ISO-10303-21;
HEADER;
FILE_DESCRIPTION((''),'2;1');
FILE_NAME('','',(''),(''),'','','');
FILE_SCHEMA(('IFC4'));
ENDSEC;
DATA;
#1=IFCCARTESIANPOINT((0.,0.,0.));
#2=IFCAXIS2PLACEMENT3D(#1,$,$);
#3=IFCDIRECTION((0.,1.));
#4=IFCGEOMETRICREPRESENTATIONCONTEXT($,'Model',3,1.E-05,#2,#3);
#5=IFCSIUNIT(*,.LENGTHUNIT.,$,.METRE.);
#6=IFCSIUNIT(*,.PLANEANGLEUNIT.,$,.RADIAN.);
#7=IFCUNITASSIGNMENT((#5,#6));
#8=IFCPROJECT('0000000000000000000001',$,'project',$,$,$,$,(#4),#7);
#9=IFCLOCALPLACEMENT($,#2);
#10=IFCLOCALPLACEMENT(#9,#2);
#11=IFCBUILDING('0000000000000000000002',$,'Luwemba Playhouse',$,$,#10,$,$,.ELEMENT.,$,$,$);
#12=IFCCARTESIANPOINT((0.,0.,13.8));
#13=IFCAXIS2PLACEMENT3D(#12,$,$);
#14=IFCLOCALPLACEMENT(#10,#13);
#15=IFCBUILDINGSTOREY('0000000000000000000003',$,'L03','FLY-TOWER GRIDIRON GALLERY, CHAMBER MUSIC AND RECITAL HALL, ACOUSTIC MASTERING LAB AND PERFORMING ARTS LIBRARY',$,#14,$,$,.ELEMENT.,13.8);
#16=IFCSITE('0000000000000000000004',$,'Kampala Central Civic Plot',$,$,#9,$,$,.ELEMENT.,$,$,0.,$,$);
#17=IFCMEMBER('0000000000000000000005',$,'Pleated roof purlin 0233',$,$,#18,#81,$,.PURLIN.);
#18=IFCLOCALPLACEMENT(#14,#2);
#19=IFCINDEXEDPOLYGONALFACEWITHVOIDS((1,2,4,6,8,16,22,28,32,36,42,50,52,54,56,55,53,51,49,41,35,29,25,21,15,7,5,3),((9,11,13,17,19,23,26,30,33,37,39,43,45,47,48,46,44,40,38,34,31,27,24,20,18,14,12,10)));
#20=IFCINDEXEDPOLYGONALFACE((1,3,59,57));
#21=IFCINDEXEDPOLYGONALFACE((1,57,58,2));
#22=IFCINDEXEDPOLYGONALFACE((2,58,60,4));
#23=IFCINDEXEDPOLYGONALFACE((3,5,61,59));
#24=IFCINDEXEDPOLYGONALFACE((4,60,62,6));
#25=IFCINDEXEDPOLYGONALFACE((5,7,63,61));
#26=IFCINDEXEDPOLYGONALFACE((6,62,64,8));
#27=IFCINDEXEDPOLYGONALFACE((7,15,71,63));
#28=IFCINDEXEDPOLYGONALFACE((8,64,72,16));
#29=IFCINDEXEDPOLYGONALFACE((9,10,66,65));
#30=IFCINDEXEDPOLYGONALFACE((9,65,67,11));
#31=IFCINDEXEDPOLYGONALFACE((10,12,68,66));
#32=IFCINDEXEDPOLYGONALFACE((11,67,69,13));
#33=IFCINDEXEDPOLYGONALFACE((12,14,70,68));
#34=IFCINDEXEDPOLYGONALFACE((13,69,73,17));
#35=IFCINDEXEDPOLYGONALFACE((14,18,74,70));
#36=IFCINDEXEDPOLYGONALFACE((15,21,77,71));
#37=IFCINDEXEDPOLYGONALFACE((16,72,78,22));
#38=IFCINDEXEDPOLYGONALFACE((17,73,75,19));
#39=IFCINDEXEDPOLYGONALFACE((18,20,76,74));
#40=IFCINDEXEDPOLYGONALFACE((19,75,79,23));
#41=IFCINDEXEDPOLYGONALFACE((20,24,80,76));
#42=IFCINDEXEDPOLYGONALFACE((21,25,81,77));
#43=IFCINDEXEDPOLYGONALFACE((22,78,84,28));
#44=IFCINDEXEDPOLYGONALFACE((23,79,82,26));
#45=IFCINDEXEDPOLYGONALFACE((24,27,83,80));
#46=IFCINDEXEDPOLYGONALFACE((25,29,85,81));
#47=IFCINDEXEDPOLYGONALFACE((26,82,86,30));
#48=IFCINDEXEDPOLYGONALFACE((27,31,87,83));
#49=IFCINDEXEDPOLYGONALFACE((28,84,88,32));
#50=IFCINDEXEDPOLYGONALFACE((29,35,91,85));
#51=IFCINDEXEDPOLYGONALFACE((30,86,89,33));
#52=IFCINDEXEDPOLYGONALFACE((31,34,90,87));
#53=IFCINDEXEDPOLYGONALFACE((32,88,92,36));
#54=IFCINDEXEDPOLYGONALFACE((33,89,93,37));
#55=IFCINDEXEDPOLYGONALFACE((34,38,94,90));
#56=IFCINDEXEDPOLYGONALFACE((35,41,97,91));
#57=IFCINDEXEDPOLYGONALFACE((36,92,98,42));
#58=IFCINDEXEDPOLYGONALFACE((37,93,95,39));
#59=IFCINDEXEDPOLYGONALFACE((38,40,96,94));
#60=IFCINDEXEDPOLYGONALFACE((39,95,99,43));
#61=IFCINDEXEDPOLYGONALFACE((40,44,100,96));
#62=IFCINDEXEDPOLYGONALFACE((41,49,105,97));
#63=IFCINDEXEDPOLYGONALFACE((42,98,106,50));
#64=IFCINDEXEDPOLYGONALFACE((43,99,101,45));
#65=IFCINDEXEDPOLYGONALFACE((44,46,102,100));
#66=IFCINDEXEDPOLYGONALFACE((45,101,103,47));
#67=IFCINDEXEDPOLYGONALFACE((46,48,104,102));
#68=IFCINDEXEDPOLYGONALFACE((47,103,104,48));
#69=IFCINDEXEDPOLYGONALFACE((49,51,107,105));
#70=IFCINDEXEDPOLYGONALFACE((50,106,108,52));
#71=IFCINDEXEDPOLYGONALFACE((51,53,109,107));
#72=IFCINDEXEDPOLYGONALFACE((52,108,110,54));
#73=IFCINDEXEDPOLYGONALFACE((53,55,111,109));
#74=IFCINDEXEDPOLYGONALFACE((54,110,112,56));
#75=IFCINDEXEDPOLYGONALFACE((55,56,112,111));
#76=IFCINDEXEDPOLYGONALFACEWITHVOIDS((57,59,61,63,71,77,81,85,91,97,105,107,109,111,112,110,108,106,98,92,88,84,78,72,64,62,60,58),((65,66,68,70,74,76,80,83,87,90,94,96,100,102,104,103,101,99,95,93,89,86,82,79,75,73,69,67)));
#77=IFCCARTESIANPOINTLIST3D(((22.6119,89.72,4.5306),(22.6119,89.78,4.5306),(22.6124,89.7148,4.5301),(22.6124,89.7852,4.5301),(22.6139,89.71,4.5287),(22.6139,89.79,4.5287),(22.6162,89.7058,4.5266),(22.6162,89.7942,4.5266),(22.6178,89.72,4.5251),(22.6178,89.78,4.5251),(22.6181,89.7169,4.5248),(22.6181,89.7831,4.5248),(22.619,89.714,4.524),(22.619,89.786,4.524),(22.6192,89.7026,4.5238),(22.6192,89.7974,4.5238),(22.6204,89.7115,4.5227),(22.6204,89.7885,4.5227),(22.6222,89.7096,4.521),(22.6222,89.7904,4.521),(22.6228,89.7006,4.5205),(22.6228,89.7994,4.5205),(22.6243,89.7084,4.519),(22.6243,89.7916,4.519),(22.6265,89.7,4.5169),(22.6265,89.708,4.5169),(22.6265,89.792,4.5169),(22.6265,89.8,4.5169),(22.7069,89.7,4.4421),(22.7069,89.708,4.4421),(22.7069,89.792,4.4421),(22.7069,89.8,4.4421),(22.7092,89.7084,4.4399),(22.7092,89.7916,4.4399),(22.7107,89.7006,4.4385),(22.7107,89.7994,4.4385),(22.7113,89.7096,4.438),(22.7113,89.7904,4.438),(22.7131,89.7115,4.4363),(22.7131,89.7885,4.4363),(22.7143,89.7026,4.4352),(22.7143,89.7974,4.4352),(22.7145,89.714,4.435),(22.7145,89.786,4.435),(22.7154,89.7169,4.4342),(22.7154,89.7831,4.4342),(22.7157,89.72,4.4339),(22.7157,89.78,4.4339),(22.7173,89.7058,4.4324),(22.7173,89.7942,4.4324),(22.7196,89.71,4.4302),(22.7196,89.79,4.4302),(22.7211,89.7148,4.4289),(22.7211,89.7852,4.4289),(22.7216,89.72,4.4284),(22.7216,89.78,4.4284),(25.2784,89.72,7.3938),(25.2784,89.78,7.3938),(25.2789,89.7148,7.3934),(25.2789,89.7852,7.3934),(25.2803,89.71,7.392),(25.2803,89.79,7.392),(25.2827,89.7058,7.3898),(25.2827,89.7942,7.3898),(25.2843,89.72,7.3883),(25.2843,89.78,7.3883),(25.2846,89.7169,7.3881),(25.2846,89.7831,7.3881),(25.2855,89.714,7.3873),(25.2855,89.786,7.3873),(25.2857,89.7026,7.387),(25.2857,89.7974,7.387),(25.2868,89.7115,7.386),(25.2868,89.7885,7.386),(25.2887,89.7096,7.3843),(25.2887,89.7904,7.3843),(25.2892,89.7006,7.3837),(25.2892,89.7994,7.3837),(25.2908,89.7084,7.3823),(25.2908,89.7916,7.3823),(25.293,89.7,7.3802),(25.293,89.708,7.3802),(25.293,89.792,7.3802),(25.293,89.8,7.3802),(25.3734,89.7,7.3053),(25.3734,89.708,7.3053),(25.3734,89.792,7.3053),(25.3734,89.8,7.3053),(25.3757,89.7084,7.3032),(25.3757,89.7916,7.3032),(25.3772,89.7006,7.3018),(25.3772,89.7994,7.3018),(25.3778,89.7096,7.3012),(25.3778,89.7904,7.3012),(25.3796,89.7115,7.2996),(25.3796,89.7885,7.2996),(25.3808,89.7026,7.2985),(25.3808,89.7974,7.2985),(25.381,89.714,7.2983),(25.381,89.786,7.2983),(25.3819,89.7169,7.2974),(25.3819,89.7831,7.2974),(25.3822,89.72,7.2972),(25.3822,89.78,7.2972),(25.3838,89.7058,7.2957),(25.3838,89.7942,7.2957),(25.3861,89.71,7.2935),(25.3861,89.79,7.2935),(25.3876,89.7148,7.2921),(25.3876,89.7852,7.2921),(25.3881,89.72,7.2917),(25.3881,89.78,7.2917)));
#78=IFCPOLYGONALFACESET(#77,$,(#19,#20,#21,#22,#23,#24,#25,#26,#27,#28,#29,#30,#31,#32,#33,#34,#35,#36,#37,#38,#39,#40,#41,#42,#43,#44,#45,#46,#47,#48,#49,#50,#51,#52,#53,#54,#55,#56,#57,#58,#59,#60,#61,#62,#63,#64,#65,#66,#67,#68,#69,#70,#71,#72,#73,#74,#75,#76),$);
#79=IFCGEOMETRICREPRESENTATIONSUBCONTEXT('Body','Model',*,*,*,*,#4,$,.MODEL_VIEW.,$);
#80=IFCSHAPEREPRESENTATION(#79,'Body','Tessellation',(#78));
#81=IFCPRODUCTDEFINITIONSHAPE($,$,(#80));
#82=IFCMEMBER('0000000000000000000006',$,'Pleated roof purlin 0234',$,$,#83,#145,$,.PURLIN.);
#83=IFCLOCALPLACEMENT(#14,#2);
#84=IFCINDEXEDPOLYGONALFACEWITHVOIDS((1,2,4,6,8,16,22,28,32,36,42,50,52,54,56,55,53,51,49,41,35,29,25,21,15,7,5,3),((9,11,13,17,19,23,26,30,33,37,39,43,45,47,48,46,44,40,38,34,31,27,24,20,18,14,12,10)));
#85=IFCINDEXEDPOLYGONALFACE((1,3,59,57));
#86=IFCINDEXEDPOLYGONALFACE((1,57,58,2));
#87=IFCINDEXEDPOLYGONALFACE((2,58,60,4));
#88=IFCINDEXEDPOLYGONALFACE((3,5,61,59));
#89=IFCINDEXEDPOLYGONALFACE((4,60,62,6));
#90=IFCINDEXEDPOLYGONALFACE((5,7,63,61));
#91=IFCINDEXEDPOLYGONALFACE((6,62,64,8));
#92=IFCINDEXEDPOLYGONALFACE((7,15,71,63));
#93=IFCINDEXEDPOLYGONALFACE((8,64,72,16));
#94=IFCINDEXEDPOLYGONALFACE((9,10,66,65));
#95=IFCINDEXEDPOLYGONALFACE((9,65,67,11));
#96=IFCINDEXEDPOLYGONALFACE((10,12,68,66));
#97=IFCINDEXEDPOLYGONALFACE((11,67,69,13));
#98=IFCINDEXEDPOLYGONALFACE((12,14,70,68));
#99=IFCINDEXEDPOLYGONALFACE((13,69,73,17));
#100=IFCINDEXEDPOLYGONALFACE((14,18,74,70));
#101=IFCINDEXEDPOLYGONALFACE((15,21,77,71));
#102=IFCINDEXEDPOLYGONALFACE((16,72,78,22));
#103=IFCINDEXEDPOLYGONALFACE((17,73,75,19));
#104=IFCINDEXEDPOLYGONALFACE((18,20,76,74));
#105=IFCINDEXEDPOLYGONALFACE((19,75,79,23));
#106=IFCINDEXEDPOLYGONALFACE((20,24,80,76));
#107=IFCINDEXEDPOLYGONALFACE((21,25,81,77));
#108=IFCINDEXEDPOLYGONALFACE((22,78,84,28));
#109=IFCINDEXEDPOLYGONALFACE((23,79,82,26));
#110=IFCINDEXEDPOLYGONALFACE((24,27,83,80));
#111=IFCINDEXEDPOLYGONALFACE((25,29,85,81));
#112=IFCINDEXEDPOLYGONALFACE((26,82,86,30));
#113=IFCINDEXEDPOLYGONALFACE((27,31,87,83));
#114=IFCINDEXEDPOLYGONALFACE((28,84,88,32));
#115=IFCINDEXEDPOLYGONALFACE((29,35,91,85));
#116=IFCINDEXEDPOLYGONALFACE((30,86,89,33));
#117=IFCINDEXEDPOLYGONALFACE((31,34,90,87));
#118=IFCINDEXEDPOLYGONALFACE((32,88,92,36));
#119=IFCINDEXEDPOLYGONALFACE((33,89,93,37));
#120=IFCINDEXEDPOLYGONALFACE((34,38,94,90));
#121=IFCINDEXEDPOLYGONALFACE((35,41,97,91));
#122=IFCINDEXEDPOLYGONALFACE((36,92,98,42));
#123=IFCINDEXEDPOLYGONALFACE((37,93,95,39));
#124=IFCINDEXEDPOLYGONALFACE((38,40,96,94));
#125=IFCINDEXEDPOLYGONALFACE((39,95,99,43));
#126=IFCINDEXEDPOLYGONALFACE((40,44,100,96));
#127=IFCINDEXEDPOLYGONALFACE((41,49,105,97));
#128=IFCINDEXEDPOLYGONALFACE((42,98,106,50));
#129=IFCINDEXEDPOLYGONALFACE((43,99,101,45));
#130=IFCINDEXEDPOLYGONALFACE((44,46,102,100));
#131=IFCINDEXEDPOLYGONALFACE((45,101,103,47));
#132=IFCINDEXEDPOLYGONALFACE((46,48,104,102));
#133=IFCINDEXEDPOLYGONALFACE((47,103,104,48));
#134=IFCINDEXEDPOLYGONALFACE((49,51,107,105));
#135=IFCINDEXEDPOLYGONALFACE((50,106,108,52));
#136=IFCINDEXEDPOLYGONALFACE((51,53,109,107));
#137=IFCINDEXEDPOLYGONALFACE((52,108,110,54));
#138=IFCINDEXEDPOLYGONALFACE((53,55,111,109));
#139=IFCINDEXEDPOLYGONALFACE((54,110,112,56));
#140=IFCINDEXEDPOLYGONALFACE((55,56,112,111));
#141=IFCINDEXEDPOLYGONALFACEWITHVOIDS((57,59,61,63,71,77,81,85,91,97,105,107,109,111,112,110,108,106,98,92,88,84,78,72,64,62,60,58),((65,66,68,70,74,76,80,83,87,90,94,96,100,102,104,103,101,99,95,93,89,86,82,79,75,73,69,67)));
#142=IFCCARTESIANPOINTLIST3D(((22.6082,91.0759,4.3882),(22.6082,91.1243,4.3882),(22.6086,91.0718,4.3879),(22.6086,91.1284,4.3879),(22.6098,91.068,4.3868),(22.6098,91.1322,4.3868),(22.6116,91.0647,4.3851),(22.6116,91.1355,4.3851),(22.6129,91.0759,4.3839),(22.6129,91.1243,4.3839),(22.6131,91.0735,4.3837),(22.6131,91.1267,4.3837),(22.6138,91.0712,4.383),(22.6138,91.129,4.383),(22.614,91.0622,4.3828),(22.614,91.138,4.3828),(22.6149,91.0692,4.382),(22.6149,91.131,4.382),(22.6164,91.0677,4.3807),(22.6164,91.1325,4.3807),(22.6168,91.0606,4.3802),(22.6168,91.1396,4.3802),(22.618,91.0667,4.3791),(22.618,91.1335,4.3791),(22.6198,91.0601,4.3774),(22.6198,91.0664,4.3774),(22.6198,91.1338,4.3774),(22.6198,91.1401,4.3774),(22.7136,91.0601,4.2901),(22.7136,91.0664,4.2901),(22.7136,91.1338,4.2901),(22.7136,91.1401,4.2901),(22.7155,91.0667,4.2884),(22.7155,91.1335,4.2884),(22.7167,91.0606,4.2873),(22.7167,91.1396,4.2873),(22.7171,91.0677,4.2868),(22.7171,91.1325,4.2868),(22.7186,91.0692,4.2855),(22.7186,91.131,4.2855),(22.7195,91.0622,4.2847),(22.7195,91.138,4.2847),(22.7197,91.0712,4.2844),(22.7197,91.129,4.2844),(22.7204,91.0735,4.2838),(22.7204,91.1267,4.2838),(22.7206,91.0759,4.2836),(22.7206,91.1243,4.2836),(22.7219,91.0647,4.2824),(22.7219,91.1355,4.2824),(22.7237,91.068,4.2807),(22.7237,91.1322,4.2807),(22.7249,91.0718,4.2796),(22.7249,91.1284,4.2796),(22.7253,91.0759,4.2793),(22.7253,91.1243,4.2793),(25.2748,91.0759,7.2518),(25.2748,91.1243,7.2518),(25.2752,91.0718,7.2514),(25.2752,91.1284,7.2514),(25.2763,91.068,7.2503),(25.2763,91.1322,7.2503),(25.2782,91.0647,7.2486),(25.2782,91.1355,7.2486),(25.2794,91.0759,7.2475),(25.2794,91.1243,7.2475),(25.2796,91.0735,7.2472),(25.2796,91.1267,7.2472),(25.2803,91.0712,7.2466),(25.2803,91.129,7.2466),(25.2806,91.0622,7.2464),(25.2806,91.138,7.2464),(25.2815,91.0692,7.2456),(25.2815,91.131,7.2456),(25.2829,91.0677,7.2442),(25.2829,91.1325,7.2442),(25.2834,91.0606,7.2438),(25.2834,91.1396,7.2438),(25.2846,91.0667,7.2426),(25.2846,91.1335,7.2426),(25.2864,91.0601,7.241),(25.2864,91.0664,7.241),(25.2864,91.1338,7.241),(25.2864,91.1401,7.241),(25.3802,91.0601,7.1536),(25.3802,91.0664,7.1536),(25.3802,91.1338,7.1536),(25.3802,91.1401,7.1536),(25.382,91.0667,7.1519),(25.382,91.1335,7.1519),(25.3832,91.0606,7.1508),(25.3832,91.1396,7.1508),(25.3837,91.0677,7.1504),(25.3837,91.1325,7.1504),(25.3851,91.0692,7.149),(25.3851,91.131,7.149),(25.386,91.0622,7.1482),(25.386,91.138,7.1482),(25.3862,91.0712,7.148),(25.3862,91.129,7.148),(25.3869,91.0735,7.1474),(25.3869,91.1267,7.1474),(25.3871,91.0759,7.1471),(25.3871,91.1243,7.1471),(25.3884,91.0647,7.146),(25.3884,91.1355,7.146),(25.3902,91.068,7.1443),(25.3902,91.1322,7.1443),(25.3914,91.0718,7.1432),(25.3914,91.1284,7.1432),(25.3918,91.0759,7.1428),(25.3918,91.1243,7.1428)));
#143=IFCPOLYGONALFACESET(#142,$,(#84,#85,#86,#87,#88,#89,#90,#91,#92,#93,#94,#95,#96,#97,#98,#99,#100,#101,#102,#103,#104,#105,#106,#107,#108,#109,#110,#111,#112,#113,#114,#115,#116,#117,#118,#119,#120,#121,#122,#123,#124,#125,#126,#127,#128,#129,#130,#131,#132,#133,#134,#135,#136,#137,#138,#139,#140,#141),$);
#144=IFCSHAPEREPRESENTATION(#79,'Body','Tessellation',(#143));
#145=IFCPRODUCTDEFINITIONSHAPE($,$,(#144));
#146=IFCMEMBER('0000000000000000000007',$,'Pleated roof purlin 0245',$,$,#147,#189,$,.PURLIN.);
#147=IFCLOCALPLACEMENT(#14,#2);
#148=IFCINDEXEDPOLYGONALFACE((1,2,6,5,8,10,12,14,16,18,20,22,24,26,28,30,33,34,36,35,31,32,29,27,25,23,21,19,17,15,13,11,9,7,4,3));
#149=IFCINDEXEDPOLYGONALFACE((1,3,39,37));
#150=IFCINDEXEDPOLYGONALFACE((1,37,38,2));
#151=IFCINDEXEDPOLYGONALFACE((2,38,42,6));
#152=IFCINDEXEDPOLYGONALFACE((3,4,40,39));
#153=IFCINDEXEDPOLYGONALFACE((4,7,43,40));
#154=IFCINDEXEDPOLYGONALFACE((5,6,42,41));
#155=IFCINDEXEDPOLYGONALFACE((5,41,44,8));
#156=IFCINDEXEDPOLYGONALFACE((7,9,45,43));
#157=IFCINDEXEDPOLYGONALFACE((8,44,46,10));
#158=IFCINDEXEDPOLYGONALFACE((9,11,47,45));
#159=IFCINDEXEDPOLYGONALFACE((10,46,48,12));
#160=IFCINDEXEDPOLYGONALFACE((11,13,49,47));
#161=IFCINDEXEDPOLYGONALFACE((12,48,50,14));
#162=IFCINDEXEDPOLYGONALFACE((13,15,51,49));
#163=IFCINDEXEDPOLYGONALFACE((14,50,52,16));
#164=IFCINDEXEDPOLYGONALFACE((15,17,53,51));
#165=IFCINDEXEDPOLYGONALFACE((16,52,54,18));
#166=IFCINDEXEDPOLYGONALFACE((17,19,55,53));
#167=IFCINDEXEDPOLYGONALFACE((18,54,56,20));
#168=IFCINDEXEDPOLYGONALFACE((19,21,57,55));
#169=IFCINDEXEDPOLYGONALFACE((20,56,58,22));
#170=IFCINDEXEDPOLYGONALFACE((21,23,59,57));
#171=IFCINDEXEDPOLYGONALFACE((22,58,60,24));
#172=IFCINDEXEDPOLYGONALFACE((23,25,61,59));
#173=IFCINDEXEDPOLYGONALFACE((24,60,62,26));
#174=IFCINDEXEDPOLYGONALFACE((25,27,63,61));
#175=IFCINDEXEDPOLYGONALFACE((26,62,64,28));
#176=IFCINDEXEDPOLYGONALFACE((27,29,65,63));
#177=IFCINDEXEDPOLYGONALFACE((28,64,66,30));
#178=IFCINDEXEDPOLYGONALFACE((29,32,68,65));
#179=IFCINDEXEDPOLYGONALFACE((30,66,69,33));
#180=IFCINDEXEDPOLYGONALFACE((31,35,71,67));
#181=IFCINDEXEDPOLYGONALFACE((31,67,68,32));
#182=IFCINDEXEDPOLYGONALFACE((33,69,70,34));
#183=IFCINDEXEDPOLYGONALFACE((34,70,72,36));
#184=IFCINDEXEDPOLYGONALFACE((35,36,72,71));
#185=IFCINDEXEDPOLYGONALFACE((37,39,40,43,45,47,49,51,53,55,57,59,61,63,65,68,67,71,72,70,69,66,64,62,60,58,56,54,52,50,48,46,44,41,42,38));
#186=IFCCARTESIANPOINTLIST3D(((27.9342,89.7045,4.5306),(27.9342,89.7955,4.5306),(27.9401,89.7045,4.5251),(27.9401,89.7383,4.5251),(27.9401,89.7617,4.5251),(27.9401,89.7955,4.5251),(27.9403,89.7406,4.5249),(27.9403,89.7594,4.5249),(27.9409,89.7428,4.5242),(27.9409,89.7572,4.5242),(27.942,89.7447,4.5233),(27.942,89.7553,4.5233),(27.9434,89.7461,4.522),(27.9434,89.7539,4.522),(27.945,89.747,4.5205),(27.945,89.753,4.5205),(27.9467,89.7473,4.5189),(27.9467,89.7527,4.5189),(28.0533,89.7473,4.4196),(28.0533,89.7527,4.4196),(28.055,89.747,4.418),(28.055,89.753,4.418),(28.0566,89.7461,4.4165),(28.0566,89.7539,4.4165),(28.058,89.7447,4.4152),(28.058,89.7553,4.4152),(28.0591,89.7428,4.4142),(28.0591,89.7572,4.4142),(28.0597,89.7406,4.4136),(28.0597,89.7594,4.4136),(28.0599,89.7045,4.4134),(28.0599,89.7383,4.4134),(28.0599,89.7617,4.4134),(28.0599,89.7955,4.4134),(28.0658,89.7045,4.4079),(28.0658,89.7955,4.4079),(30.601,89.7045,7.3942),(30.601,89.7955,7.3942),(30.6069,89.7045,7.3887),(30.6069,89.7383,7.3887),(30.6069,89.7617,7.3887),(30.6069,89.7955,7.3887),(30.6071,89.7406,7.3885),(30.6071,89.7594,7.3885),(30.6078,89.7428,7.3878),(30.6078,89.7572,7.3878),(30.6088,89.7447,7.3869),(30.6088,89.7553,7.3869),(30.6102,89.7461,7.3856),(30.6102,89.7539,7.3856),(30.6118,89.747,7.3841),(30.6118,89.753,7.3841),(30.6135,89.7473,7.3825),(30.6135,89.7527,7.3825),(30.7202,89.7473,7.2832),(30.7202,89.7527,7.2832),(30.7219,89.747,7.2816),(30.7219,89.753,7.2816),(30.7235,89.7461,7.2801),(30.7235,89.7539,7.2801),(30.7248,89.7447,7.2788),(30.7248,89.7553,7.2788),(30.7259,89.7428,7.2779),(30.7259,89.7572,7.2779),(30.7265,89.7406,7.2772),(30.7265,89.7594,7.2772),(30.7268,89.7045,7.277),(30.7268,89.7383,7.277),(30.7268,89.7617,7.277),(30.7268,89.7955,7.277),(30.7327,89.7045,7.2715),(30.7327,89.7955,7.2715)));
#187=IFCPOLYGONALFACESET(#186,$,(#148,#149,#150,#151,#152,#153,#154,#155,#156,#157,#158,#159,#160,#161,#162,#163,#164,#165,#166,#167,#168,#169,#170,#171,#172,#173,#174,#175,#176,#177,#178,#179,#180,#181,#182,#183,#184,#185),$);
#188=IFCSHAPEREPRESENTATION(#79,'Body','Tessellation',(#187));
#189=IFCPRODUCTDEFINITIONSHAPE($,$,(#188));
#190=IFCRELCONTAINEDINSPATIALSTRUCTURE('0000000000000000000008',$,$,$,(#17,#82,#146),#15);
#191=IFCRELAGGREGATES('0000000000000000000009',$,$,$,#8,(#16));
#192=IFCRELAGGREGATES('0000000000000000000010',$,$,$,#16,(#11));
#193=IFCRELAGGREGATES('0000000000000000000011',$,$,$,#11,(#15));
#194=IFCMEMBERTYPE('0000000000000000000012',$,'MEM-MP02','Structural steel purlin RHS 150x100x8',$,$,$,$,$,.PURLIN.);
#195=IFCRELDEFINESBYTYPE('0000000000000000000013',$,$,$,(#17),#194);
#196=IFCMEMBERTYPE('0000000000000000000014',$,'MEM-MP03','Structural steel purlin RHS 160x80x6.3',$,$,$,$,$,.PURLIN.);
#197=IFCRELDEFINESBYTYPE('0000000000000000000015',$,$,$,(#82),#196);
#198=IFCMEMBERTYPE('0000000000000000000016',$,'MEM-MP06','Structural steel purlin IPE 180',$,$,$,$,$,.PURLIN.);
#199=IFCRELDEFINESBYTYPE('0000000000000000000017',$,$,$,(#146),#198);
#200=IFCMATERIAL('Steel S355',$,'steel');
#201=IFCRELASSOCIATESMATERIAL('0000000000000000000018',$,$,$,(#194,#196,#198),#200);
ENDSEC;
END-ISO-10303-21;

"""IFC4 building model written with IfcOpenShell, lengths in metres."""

from ifc_helpers import new_model, si_unit, direction, frame, origin, origin_2d, place, context, subcontext, project, spatial, hollow_rectangle, i_section, extrude, material, material_profile, profile_set, type_object, element, save


model = new_model("IFC4")

# Units and contexts
model_context = context("Model", 3, precision=1e-05, world=origin(), true_north=direction((0.0, 1.0)))
body_context = subcontext(model_context, "Body", "Model", "MODEL_VIEW")
ifc_project = project(units=[si_unit("LENGTHUNIT", "METRE"), si_unit("PLANEANGLEUNIT", "RADIAN")], contexts=[model_context])

# Site, building, storey
site_placement = place(None, origin())
site = spatial("IfcSite", under=ifc_project, at=site_placement, Name="Kampala Central Civic Plot", CompositionType="ELEMENT", RefElevation=0.0)
building_placement = place(site_placement, origin())
building = spatial("IfcBuilding", under=site, at=building_placement, Name="Luwemba Playhouse", CompositionType="ELEMENT")
storey_placement = place(building_placement, frame((0.0, 0.0, 13.8)))
storey = spatial("IfcBuildingStorey", under=building, at=storey_placement, Name="L03", Description="FLY-TOWER GRIDIRON GALLERY, CHAMBER MUSIC AND RECITAL HALL, ACOUSTIC MASTERING LAB AND PERFORMING ARTS LIBRARY", CompositionType="ELEMENT", Elevation=13.8)

# Shared definitions
ifc_material_1 = material(Name="Steel S355", Category="steel")

# Members
ifc_material_profile_1 = material_profile(ifc_material_1, hollow_rectangle(XDim=0.1001, YDim=0.1499, WallThickness=0.0081, InnerFilletRadius=0.012, OuterFilletRadius=0.02, at=origin_2d()))
ifc_profile_set_1 = profile_set([ifc_material_profile_1], Name="Steel S355")
member_type_1 = type_object("IfcMemberType", Name="MEM-MP02", Description="Structural steel purlin RHS 150x100x8", PredefinedType="PURLIN", material=ifc_profile_set_1)
member_1_placement = place(storey_placement, frame((22.6667, 89.75, 4.4795), z_axis=(0.681513, 0.0, 0.731806), x_axis=(0.0, 1.0, 0.0)))
element("IfcMember", 1, at=member_1_placement, inside=storey, type_object=member_type_1, Name="Pleated roof purlin 0233", PredefinedType="PURLIN", context=body_context, shape_type="SweptSolid", body=[
    extrude(hollow_rectangle(XDim=0.1001, YDim=0.1499, WallThickness=0.0081, InnerFilletRadius=0.012, OuterFilletRadius=0.02, at=origin_2d()), origin(), (0.0, 0.0, 1.0), 3.9126),
])
ifc_material_profile_2 = material_profile(ifc_material_1, hollow_rectangle(XDim=0.0801, YDim=0.1599, WallThickness=0.0063, InnerFilletRadius=0.0095, OuterFilletRadius=0.0159, at=origin_2d()))
ifc_profile_set_2 = profile_set([ifc_material_profile_2], Name="Steel S355")
member_type_2 = type_object("IfcMemberType", Name="MEM-MP03", Description="Structural steel purlin RHS 160x80x6.3", PredefinedType="PURLIN", material=ifc_profile_set_2)
member_2_placement = place(storey_placement, frame((22.6667, 91.1001, 4.3337), z_axis=(0.681482, 0.0, 0.731835), x_axis=(0.0, 1.0, 0.0)))
element("IfcMember", 2, at=member_2_placement, inside=storey, type_object=member_type_2, Name="Pleated roof purlin 0234", PredefinedType="PURLIN", context=body_context, shape_type="SweptSolid", body=[
    extrude(hollow_rectangle(XDim=0.0801, YDim=0.1599, WallThickness=0.0063, InnerFilletRadius=0.0095, OuterFilletRadius=0.0159, at=origin_2d()), origin(), (0.0, 0.0, 1.0), 3.9128),
])
ifc_material_profile_3 = material_profile(ifc_material_1, i_section(OverallWidth=0.0911, OverallDepth=0.1799, WebThickness=0.0054, FlangeThickness=0.0081, FilletRadius=0.009, at=origin_2d()))
ifc_profile_set_3 = profile_set([ifc_material_profile_3], Name="Steel S355")
member_type_3 = type_object("IfcMemberType", Name="MEM-MP06", Description="Structural steel purlin IPE 180", PredefinedType="PURLIN", material=ifc_profile_set_3)
member_3_placement = place(storey_placement, frame((28.0, 89.75, 4.4692), z_axis=(0.681515, 0.0, 0.731804), x_axis=(0.0, 1.0, 0.0)))
element("IfcMember", 3, at=member_3_placement, inside=storey, type_object=member_type_3, Name="Pleated roof purlin 0245", PredefinedType="PURLIN", context=body_context, shape_type="SweptSolid", body=[
    extrude(i_section(OverallWidth=0.0911, OverallDepth=0.1799, WebThickness=0.0054, FlangeThickness=0.0081, FilletRadius=0.009, at=origin_2d()), origin(), (0.0, 0.0, 1.0), 3.9131),
])

save(model, "model.ifc")
